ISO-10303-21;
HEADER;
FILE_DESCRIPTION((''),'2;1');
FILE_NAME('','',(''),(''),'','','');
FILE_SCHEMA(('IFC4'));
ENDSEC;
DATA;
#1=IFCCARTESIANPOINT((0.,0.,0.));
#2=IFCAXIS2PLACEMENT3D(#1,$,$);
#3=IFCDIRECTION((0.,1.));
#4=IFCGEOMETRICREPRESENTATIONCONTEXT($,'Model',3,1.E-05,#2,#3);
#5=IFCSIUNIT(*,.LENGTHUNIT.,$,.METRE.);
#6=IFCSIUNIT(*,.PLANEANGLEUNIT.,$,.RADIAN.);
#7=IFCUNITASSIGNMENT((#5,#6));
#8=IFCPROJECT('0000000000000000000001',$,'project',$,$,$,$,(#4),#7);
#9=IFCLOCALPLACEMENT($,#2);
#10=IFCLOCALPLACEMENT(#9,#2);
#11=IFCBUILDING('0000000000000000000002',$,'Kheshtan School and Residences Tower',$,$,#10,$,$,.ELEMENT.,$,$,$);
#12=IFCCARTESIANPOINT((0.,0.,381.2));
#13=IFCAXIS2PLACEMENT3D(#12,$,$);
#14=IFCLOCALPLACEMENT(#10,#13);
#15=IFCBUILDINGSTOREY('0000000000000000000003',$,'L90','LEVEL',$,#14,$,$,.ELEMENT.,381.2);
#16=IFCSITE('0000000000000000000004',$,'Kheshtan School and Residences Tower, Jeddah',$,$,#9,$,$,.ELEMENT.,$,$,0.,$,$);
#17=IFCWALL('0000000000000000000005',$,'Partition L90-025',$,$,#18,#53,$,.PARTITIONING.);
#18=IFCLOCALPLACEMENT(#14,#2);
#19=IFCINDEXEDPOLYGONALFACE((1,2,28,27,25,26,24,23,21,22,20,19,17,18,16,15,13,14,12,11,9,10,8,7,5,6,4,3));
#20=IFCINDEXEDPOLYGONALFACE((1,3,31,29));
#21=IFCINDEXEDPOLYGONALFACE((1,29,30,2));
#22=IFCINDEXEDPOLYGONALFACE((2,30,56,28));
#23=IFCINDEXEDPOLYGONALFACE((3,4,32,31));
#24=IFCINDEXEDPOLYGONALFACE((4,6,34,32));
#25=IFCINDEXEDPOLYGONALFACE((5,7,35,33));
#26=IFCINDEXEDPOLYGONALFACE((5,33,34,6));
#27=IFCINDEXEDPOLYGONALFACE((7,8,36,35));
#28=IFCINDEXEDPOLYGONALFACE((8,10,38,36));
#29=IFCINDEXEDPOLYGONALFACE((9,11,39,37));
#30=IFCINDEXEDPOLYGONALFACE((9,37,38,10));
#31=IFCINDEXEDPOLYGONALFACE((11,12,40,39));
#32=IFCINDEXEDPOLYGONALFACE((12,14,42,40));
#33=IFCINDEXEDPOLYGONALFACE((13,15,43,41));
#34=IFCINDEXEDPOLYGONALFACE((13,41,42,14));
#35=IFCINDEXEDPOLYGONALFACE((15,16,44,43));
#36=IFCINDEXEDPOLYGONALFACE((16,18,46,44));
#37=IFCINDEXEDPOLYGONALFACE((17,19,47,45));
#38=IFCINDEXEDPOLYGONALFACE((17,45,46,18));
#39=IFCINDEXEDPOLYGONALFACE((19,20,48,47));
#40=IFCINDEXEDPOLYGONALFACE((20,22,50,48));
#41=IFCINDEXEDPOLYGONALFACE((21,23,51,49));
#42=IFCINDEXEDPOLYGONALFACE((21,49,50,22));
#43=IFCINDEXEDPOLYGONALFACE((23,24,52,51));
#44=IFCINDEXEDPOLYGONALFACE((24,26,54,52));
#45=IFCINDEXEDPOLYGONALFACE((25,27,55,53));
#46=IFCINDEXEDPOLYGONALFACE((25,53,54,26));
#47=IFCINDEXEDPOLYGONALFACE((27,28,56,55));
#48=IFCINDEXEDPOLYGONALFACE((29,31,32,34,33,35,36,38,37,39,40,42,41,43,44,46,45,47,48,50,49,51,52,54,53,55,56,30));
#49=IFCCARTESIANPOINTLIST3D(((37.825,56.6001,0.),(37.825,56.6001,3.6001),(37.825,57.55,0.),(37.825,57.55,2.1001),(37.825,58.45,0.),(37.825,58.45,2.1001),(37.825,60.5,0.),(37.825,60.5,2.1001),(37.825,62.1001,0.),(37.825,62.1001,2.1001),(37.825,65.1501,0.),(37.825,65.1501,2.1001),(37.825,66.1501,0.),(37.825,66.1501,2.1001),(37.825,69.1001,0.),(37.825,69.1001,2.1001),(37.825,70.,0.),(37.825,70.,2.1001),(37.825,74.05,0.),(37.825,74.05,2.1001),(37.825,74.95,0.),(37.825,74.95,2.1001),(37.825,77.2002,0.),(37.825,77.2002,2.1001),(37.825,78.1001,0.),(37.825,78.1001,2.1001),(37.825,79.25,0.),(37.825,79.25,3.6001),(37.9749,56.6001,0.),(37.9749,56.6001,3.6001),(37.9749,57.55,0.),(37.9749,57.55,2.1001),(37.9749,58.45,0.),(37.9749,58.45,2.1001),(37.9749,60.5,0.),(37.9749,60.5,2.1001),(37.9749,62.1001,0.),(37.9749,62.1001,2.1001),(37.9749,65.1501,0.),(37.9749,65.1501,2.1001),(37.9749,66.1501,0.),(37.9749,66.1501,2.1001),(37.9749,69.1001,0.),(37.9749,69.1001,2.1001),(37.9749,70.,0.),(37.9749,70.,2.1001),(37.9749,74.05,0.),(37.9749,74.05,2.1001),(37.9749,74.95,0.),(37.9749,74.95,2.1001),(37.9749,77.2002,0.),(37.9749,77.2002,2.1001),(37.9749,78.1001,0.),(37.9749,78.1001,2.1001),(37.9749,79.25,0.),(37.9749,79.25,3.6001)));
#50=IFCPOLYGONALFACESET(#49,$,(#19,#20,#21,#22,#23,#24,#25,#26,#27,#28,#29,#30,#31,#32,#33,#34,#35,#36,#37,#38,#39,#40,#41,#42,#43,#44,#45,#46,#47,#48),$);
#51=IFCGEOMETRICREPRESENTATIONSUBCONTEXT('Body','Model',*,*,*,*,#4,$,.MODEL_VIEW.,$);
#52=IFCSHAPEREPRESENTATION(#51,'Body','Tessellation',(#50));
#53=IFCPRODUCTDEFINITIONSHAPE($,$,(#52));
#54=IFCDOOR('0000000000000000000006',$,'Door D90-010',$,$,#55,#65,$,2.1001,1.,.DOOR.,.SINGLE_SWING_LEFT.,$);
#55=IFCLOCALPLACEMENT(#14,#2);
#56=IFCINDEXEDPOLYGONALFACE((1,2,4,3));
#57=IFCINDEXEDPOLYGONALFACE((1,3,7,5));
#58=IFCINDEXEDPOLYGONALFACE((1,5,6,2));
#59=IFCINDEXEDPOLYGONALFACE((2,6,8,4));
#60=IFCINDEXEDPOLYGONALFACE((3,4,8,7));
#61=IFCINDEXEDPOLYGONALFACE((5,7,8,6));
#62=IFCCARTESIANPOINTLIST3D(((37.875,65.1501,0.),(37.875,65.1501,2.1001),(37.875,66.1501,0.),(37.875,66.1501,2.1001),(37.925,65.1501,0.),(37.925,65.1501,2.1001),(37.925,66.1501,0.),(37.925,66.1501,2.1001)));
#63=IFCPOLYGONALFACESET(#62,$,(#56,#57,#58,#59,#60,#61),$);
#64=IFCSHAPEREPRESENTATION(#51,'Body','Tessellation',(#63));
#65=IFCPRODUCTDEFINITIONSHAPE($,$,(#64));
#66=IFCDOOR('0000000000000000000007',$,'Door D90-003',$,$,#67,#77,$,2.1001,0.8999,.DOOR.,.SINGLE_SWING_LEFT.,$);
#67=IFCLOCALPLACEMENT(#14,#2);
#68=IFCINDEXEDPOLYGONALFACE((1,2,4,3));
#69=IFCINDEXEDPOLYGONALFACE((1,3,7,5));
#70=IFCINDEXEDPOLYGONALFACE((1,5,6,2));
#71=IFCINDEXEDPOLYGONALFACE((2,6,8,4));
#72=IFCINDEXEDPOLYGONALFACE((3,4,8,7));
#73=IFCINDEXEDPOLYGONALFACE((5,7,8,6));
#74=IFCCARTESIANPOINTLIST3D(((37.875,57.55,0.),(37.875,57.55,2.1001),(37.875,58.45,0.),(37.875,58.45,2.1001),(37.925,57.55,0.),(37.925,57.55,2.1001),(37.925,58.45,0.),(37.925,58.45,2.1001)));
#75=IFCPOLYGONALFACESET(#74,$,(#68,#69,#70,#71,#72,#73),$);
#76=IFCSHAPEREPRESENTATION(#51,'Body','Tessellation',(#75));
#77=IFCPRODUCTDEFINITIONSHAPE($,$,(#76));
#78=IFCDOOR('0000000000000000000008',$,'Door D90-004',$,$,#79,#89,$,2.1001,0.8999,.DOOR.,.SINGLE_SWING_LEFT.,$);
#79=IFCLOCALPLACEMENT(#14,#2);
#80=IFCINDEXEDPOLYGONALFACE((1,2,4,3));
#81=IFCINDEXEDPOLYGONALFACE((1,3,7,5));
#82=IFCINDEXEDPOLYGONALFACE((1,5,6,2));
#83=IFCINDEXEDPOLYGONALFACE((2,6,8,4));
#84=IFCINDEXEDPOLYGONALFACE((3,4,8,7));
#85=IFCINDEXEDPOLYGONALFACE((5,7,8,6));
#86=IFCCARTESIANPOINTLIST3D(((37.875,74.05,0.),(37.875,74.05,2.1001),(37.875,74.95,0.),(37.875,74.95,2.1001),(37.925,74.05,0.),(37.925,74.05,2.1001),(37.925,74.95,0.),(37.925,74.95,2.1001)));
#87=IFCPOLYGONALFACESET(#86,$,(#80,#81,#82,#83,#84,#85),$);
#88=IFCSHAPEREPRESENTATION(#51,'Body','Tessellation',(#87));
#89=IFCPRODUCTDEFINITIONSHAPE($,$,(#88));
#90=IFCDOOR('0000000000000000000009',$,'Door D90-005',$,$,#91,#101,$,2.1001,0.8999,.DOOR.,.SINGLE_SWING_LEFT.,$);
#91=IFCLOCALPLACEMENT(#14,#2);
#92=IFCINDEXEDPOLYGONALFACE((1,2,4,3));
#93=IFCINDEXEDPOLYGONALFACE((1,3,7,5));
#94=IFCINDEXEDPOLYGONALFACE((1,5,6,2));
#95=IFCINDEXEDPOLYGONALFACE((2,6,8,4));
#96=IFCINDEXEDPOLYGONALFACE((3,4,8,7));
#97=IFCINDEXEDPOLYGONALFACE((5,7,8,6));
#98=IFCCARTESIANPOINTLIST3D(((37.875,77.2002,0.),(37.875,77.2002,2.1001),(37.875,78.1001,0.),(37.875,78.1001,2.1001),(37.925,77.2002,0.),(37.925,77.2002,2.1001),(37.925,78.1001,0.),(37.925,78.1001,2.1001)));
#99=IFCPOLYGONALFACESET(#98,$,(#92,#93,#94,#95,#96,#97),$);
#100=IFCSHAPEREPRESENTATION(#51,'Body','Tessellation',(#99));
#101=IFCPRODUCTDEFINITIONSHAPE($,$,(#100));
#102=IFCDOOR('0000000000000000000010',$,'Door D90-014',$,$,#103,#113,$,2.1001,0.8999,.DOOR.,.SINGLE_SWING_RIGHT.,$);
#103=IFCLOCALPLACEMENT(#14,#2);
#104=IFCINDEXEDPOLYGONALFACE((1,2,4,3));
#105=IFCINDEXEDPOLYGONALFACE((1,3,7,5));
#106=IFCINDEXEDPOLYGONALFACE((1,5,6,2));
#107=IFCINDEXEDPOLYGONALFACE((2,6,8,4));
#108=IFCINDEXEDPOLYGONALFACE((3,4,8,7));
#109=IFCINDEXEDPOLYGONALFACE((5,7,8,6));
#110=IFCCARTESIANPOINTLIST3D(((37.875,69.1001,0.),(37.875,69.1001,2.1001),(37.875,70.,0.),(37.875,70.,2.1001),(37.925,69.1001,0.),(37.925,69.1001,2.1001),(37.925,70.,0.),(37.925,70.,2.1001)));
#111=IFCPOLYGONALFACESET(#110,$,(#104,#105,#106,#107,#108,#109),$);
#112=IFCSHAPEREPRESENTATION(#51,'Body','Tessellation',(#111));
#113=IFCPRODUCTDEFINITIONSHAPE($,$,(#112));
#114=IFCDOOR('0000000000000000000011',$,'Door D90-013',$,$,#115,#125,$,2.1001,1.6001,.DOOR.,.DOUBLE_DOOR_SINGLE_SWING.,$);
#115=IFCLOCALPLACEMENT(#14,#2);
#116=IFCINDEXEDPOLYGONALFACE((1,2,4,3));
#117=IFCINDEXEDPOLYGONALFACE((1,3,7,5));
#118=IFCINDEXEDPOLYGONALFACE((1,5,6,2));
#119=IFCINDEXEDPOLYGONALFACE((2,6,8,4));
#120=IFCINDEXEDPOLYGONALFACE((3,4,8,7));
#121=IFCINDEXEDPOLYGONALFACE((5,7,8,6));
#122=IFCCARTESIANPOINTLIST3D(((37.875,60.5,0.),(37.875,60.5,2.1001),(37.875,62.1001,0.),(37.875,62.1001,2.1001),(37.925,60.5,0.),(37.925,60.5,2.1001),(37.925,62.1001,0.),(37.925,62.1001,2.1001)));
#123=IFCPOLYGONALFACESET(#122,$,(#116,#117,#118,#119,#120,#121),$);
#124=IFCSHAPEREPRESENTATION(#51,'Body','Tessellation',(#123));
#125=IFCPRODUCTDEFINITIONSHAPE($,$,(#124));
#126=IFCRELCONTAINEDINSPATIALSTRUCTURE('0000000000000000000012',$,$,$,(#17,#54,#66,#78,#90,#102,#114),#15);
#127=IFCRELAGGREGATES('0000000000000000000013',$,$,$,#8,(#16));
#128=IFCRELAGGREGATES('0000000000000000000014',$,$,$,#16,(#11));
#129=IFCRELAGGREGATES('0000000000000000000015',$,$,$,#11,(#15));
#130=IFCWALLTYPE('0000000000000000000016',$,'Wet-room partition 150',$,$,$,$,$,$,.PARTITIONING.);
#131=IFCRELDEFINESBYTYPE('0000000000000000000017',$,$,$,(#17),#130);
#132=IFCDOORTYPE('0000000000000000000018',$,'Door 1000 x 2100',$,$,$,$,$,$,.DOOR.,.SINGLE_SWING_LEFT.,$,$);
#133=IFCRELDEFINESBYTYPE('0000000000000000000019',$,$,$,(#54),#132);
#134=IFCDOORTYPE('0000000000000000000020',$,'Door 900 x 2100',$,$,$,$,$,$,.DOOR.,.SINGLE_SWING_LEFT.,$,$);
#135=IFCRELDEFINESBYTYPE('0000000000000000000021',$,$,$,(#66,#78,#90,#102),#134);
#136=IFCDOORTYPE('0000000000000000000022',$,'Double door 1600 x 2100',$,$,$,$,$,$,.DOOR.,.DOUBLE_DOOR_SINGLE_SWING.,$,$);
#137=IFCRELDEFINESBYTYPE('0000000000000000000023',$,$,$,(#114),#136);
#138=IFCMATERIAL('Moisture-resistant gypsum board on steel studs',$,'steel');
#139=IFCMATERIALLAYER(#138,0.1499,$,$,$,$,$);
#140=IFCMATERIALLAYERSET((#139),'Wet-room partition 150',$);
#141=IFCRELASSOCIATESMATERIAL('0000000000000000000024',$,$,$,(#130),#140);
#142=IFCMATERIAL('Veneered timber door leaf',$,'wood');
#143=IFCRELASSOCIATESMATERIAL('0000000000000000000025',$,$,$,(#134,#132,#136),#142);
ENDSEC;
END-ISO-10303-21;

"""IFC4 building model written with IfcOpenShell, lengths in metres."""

from ifc_helpers import new_model, si_unit, direction, frame, frame_2d, origin, place, context, subcontext, project, spatial, rectangle, extrude, source, transform, mapped, material, layer, layer_set, type_object, element, fill, save


model = new_model("IFC4")

# Units and contexts
model_context = context("Model", 3, precision=1e-05, world=origin(), true_north=direction((0.0, 1.0)))
body_context = subcontext(model_context, "Body", "Model", "MODEL_VIEW")
ifc_project = project(units=[si_unit("LENGTHUNIT", "METRE"), si_unit("PLANEANGLEUNIT", "RADIAN")], contexts=[model_context])

# Site, building, storey
site_placement = place(None, origin())
site = spatial("IfcSite", under=ifc_project, at=site_placement, Name="Kheshtan School and Residences Tower, Jeddah", CompositionType="ELEMENT", RefElevation=0.0)
building_placement = place(site_placement, origin())
building = spatial("IfcBuilding", under=site, at=building_placement, Name="Kheshtan School and Residences Tower", CompositionType="ELEMENT")
storey_placement = place(building_placement, frame((0.0, 0.0, 381.2)))
storey = spatial("IfcBuildingStorey", under=building, at=storey_placement, Name="L90", Description="LEVEL", CompositionType="ELEMENT", Elevation=381.2)

# Wall, openings, doors
ifc_material_1 = material(Name="Moisture-resistant gypsum board on steel studs", Category="steel")
ifc_layer_1 = layer(ifc_material_1, 0.1499)
ifc_layer_set_1 = layer_set([ifc_layer_1], Name="Wet-room partition 150")
wall_type_1 = type_object("IfcWallType", Name="Wet-room partition 150", PredefinedType="PARTITIONING", material=ifc_layer_set_1)
ifc_material_2 = material(Name="Veneered timber door leaf", Category="wood")
door_type_1 = type_object("IfcDoorType", Name="Door 900 x 2100", OperationType="SINGLE_SWING_LEFT", PredefinedType="DOOR", material=ifc_material_2)
shared_shape_1 = source(origin(), body_context, "Body", "SweptSolid", [
    extrude(rectangle(XDim=0.8999, YDim=2.1001, at=frame_2d((0.45, 1.05))), frame((0.0, 0.0249, 0.0), z_axis=(0.0, -1.0, 0.0), x_axis=(1.0, 0.0, 0.0)), (0.0, 0.0, 1.0), 0.05),
])
wall_1_placement = place(storey_placement, frame((37.8999, 56.6001, 0.0), z_axis=(0.0, 0.0, 1.0), x_axis=(0.0, 1.0, 0.0)))
wall_1 = element("IfcWall", 1, at=wall_1_placement, inside=storey, type_object=wall_type_1, Name="Partition L90-025", PredefinedType="PARTITIONING", context=body_context, shape_type="SweptSolid", body=[
    extrude(rectangle(XDim=22.6499, YDim=0.1499, at=frame_2d((11.325, 0.0))), origin(), (0.0, 0.0, 1.0), 3.6001),
])
opening_1_placement = place(wall_1_placement, frame((0.95, 0.0, 0.0)))
opening_1 = element("IfcOpeningElement", 2, at=opening_1_placement, cuts=wall_1, PredefinedType="OPENING", context=body_context, shape_type="SweptSolid", body=[
    extrude(rectangle(XDim=0.8999, YDim=2.1001, at=frame_2d((0.45, 1.05))), frame((0.0, 0.085, 0.0), z_axis=(0.0, -1.0, 0.0), x_axis=(1.0, 0.0, 0.0)), (0.0, 0.0, 1.0), 0.1699),
])
opening_2_placement = place(wall_1_placement, frame((17.45, 0.0, 0.0)))
opening_2 = element("IfcOpeningElement", 3, at=opening_2_placement, cuts=wall_1, PredefinedType="OPENING", context=body_context, shape_type="SweptSolid", body=[
    extrude(rectangle(XDim=0.8999, YDim=2.1001, at=frame_2d((0.45, 1.05))), frame((0.0, 0.085, 0.0), z_axis=(0.0, -1.0, 0.0), x_axis=(1.0, 0.0, 0.0)), (0.0, 0.0, 1.0), 0.1699),
])
opening_3_placement = place(wall_1_placement, frame((20.6001, 0.0, 0.0)))
opening_3 = element("IfcOpeningElement", 4, at=opening_3_placement, cuts=wall_1, PredefinedType="OPENING", context=body_context, shape_type="SweptSolid", body=[
    extrude(rectangle(XDim=0.8999, YDim=2.1001, at=frame_2d((0.45, 1.05))), frame((0.0, 0.085, 0.0), z_axis=(0.0, -1.0, 0.0), x_axis=(1.0, 0.0, 0.0)), (0.0, 0.0, 1.0), 0.1699),
])
opening_4_placement = place(wall_1_placement, frame((8.55, 0.0, 0.0)))
opening_4 = element("IfcOpeningElement", 5, at=opening_4_placement, cuts=wall_1, PredefinedType="OPENING", context=body_context, shape_type="SweptSolid", body=[
    extrude(rectangle(XDim=1.0, YDim=2.1001, at=frame_2d((0.5, 1.05))), frame((0.0, 0.085, 0.0), z_axis=(0.0, -1.0, 0.0), x_axis=(1.0, 0.0, 0.0)), (0.0, 0.0, 1.0), 0.1699),
])
opening_5_placement = place(wall_1_placement, frame((3.8999, 0.0, 0.0)))
opening_5 = element("IfcOpeningElement", 6, at=opening_5_placement, cuts=wall_1, PredefinedType="OPENING", context=body_context, shape_type="SweptSolid", body=[
    extrude(rectangle(XDim=1.6001, YDim=2.1001, at=frame_2d((0.8, 1.05))), frame((0.0, 0.085, 0.0), z_axis=(0.0, -1.0, 0.0), x_axis=(1.0, 0.0, 0.0)), (0.0, 0.0, 1.0), 0.1699),
])
opening_6_placement = place(wall_1_placement, frame((12.5, 0.0, 0.0)))
opening_6 = element("IfcOpeningElement", 7, at=opening_6_placement, cuts=wall_1, PredefinedType="OPENING", context=body_context, shape_type="SweptSolid", body=[
    extrude(rectangle(XDim=0.8999, YDim=2.1001, at=frame_2d((0.45, 1.05))), frame((0.0, 0.085, 0.0), z_axis=(0.0, -1.0, 0.0), x_axis=(1.0, 0.0, 0.0)), (0.0, 0.0, 1.0), 0.1699),
])
door_type_2 = type_object("IfcDoorType", Name="Door 1000 x 2100", OperationType="SINGLE_SWING_LEFT", PredefinedType="DOOR", material=ifc_material_2)
shared_shape_2 = source(origin(), body_context, "Body", "SweptSolid", [
    extrude(rectangle(XDim=1.0, YDim=2.1001, at=frame_2d((0.5, 1.05))), frame((0.0, 0.0249, 0.0), z_axis=(0.0, -1.0, 0.0), x_axis=(1.0, 0.0, 0.0)), (0.0, 0.0, 1.0), 0.05),
])
door_1_placement = place(opening_4_placement, origin())
door_1 = element("IfcDoor", 8, at=door_1_placement, inside=storey, type_object=door_type_2, Name="Door D90-010", OperationType="SINGLE_SWING_LEFT", OverallHeight=2.1001, OverallWidth=1.0, PredefinedType="DOOR", context=body_context, shape_type="MappedRepresentation", body=[
    mapped(shared_shape_2, transform((0.0, 0.0, 0.0), x_axis=(1.0, 0.0, 0.0), y_axis=(0.0, 1.0, 0.0), z_axis=(0.0, 0.0, 1.0), scale=1.0)),
])
fill(opening_4, door_1)
door_2_placement = place(opening_1_placement, origin())
door_2 = element("IfcDoor", 9, at=door_2_placement, inside=storey, type_object=door_type_1, Name="Door D90-003", OperationType="SINGLE_SWING_LEFT", OverallHeight=2.1001, OverallWidth=0.8999, PredefinedType="DOOR", context=body_context, shape_type="MappedRepresentation", body=[
    mapped(shared_shape_1, transform((0.0, 0.0, 0.0), x_axis=(1.0, 0.0, 0.0), y_axis=(0.0, 1.0, 0.0), z_axis=(0.0, 0.0, 1.0), scale=1.0)),
])
fill(opening_1, door_2)
door_3_placement = place(opening_2_placement, origin())
door_3 = element("IfcDoor", 10, at=door_3_placement, inside=storey, type_object=door_type_1, Name="Door D90-004", OperationType="SINGLE_SWING_LEFT", OverallHeight=2.1001, OverallWidth=0.8999, PredefinedType="DOOR", context=body_context, shape_type="MappedRepresentation", body=[
    mapped(shared_shape_1, transform((0.0, 0.0, 0.0), x_axis=(1.0, 0.0, 0.0), y_axis=(0.0, 1.0, 0.0), z_axis=(0.0, 0.0, 1.0), scale=1.0)),
])
fill(opening_2, door_3)
door_4_placement = place(opening_3_placement, origin())
door_4 = element("IfcDoor", 11, at=door_4_placement, inside=storey, type_object=door_type_1, Name="Door D90-005", OperationType="SINGLE_SWING_LEFT", OverallHeight=2.1001, OverallWidth=0.8999, PredefinedType="DOOR", context=body_context, shape_type="MappedRepresentation", body=[
    mapped(shared_shape_1, transform((0.0, 0.0, 0.0), x_axis=(1.0, 0.0, 0.0), y_axis=(0.0, 1.0, 0.0), z_axis=(0.0, 0.0, 1.0), scale=1.0)),
])
fill(opening_3, door_4)
door_5_placement = place(opening_6_placement, origin())
door_5 = element("IfcDoor", 12, at=door_5_placement, inside=storey, type_object=door_type_1, Name="Door D90-014", OperationType="SINGLE_SWING_RIGHT", OverallHeight=2.1001, OverallWidth=0.8999, PredefinedType="DOOR", context=body_context, shape_type="MappedRepresentation", body=[
    mapped(shared_shape_1, transform((0.0, 0.0, 0.0), x_axis=(1.0, 0.0, 0.0), y_axis=(0.0, 1.0, 0.0), z_axis=(0.0, 0.0, 1.0), scale=1.0)),
])
fill(opening_6, door_5)
door_type_3 = type_object("IfcDoorType", Name="Double door 1600 x 2100", OperationType="DOUBLE_DOOR_SINGLE_SWING", PredefinedType="DOOR", material=ifc_material_2)
shared_shape_3 = source(origin(), body_context, "Body", "SweptSolid", [
    extrude(rectangle(XDim=1.6001, YDim=2.1001, at=frame_2d((0.8, 1.05))), frame((0.0, 0.0249, 0.0), z_axis=(0.0, -1.0, 0.0), x_axis=(1.0, 0.0, 0.0)), (0.0, 0.0, 1.0), 0.05),
])
door_6_placement = place(opening_5_placement, origin())
door_6 = element("IfcDoor", 13, at=door_6_placement, inside=storey, type_object=door_type_3, Name="Door D90-013", OperationType="DOUBLE_DOOR_SINGLE_SWING", OverallHeight=2.1001, OverallWidth=1.6001, PredefinedType="DOOR", context=body_context, shape_type="MappedRepresentation", body=[
    mapped(shared_shape_3, transform((0.0, 0.0, 0.0), x_axis=(1.0, 0.0, 0.0), y_axis=(0.0, 1.0, 0.0), z_axis=(0.0, 0.0, 1.0), scale=1.0)),
])
fill(opening_5, door_6)

save(model, "model.ifc")
